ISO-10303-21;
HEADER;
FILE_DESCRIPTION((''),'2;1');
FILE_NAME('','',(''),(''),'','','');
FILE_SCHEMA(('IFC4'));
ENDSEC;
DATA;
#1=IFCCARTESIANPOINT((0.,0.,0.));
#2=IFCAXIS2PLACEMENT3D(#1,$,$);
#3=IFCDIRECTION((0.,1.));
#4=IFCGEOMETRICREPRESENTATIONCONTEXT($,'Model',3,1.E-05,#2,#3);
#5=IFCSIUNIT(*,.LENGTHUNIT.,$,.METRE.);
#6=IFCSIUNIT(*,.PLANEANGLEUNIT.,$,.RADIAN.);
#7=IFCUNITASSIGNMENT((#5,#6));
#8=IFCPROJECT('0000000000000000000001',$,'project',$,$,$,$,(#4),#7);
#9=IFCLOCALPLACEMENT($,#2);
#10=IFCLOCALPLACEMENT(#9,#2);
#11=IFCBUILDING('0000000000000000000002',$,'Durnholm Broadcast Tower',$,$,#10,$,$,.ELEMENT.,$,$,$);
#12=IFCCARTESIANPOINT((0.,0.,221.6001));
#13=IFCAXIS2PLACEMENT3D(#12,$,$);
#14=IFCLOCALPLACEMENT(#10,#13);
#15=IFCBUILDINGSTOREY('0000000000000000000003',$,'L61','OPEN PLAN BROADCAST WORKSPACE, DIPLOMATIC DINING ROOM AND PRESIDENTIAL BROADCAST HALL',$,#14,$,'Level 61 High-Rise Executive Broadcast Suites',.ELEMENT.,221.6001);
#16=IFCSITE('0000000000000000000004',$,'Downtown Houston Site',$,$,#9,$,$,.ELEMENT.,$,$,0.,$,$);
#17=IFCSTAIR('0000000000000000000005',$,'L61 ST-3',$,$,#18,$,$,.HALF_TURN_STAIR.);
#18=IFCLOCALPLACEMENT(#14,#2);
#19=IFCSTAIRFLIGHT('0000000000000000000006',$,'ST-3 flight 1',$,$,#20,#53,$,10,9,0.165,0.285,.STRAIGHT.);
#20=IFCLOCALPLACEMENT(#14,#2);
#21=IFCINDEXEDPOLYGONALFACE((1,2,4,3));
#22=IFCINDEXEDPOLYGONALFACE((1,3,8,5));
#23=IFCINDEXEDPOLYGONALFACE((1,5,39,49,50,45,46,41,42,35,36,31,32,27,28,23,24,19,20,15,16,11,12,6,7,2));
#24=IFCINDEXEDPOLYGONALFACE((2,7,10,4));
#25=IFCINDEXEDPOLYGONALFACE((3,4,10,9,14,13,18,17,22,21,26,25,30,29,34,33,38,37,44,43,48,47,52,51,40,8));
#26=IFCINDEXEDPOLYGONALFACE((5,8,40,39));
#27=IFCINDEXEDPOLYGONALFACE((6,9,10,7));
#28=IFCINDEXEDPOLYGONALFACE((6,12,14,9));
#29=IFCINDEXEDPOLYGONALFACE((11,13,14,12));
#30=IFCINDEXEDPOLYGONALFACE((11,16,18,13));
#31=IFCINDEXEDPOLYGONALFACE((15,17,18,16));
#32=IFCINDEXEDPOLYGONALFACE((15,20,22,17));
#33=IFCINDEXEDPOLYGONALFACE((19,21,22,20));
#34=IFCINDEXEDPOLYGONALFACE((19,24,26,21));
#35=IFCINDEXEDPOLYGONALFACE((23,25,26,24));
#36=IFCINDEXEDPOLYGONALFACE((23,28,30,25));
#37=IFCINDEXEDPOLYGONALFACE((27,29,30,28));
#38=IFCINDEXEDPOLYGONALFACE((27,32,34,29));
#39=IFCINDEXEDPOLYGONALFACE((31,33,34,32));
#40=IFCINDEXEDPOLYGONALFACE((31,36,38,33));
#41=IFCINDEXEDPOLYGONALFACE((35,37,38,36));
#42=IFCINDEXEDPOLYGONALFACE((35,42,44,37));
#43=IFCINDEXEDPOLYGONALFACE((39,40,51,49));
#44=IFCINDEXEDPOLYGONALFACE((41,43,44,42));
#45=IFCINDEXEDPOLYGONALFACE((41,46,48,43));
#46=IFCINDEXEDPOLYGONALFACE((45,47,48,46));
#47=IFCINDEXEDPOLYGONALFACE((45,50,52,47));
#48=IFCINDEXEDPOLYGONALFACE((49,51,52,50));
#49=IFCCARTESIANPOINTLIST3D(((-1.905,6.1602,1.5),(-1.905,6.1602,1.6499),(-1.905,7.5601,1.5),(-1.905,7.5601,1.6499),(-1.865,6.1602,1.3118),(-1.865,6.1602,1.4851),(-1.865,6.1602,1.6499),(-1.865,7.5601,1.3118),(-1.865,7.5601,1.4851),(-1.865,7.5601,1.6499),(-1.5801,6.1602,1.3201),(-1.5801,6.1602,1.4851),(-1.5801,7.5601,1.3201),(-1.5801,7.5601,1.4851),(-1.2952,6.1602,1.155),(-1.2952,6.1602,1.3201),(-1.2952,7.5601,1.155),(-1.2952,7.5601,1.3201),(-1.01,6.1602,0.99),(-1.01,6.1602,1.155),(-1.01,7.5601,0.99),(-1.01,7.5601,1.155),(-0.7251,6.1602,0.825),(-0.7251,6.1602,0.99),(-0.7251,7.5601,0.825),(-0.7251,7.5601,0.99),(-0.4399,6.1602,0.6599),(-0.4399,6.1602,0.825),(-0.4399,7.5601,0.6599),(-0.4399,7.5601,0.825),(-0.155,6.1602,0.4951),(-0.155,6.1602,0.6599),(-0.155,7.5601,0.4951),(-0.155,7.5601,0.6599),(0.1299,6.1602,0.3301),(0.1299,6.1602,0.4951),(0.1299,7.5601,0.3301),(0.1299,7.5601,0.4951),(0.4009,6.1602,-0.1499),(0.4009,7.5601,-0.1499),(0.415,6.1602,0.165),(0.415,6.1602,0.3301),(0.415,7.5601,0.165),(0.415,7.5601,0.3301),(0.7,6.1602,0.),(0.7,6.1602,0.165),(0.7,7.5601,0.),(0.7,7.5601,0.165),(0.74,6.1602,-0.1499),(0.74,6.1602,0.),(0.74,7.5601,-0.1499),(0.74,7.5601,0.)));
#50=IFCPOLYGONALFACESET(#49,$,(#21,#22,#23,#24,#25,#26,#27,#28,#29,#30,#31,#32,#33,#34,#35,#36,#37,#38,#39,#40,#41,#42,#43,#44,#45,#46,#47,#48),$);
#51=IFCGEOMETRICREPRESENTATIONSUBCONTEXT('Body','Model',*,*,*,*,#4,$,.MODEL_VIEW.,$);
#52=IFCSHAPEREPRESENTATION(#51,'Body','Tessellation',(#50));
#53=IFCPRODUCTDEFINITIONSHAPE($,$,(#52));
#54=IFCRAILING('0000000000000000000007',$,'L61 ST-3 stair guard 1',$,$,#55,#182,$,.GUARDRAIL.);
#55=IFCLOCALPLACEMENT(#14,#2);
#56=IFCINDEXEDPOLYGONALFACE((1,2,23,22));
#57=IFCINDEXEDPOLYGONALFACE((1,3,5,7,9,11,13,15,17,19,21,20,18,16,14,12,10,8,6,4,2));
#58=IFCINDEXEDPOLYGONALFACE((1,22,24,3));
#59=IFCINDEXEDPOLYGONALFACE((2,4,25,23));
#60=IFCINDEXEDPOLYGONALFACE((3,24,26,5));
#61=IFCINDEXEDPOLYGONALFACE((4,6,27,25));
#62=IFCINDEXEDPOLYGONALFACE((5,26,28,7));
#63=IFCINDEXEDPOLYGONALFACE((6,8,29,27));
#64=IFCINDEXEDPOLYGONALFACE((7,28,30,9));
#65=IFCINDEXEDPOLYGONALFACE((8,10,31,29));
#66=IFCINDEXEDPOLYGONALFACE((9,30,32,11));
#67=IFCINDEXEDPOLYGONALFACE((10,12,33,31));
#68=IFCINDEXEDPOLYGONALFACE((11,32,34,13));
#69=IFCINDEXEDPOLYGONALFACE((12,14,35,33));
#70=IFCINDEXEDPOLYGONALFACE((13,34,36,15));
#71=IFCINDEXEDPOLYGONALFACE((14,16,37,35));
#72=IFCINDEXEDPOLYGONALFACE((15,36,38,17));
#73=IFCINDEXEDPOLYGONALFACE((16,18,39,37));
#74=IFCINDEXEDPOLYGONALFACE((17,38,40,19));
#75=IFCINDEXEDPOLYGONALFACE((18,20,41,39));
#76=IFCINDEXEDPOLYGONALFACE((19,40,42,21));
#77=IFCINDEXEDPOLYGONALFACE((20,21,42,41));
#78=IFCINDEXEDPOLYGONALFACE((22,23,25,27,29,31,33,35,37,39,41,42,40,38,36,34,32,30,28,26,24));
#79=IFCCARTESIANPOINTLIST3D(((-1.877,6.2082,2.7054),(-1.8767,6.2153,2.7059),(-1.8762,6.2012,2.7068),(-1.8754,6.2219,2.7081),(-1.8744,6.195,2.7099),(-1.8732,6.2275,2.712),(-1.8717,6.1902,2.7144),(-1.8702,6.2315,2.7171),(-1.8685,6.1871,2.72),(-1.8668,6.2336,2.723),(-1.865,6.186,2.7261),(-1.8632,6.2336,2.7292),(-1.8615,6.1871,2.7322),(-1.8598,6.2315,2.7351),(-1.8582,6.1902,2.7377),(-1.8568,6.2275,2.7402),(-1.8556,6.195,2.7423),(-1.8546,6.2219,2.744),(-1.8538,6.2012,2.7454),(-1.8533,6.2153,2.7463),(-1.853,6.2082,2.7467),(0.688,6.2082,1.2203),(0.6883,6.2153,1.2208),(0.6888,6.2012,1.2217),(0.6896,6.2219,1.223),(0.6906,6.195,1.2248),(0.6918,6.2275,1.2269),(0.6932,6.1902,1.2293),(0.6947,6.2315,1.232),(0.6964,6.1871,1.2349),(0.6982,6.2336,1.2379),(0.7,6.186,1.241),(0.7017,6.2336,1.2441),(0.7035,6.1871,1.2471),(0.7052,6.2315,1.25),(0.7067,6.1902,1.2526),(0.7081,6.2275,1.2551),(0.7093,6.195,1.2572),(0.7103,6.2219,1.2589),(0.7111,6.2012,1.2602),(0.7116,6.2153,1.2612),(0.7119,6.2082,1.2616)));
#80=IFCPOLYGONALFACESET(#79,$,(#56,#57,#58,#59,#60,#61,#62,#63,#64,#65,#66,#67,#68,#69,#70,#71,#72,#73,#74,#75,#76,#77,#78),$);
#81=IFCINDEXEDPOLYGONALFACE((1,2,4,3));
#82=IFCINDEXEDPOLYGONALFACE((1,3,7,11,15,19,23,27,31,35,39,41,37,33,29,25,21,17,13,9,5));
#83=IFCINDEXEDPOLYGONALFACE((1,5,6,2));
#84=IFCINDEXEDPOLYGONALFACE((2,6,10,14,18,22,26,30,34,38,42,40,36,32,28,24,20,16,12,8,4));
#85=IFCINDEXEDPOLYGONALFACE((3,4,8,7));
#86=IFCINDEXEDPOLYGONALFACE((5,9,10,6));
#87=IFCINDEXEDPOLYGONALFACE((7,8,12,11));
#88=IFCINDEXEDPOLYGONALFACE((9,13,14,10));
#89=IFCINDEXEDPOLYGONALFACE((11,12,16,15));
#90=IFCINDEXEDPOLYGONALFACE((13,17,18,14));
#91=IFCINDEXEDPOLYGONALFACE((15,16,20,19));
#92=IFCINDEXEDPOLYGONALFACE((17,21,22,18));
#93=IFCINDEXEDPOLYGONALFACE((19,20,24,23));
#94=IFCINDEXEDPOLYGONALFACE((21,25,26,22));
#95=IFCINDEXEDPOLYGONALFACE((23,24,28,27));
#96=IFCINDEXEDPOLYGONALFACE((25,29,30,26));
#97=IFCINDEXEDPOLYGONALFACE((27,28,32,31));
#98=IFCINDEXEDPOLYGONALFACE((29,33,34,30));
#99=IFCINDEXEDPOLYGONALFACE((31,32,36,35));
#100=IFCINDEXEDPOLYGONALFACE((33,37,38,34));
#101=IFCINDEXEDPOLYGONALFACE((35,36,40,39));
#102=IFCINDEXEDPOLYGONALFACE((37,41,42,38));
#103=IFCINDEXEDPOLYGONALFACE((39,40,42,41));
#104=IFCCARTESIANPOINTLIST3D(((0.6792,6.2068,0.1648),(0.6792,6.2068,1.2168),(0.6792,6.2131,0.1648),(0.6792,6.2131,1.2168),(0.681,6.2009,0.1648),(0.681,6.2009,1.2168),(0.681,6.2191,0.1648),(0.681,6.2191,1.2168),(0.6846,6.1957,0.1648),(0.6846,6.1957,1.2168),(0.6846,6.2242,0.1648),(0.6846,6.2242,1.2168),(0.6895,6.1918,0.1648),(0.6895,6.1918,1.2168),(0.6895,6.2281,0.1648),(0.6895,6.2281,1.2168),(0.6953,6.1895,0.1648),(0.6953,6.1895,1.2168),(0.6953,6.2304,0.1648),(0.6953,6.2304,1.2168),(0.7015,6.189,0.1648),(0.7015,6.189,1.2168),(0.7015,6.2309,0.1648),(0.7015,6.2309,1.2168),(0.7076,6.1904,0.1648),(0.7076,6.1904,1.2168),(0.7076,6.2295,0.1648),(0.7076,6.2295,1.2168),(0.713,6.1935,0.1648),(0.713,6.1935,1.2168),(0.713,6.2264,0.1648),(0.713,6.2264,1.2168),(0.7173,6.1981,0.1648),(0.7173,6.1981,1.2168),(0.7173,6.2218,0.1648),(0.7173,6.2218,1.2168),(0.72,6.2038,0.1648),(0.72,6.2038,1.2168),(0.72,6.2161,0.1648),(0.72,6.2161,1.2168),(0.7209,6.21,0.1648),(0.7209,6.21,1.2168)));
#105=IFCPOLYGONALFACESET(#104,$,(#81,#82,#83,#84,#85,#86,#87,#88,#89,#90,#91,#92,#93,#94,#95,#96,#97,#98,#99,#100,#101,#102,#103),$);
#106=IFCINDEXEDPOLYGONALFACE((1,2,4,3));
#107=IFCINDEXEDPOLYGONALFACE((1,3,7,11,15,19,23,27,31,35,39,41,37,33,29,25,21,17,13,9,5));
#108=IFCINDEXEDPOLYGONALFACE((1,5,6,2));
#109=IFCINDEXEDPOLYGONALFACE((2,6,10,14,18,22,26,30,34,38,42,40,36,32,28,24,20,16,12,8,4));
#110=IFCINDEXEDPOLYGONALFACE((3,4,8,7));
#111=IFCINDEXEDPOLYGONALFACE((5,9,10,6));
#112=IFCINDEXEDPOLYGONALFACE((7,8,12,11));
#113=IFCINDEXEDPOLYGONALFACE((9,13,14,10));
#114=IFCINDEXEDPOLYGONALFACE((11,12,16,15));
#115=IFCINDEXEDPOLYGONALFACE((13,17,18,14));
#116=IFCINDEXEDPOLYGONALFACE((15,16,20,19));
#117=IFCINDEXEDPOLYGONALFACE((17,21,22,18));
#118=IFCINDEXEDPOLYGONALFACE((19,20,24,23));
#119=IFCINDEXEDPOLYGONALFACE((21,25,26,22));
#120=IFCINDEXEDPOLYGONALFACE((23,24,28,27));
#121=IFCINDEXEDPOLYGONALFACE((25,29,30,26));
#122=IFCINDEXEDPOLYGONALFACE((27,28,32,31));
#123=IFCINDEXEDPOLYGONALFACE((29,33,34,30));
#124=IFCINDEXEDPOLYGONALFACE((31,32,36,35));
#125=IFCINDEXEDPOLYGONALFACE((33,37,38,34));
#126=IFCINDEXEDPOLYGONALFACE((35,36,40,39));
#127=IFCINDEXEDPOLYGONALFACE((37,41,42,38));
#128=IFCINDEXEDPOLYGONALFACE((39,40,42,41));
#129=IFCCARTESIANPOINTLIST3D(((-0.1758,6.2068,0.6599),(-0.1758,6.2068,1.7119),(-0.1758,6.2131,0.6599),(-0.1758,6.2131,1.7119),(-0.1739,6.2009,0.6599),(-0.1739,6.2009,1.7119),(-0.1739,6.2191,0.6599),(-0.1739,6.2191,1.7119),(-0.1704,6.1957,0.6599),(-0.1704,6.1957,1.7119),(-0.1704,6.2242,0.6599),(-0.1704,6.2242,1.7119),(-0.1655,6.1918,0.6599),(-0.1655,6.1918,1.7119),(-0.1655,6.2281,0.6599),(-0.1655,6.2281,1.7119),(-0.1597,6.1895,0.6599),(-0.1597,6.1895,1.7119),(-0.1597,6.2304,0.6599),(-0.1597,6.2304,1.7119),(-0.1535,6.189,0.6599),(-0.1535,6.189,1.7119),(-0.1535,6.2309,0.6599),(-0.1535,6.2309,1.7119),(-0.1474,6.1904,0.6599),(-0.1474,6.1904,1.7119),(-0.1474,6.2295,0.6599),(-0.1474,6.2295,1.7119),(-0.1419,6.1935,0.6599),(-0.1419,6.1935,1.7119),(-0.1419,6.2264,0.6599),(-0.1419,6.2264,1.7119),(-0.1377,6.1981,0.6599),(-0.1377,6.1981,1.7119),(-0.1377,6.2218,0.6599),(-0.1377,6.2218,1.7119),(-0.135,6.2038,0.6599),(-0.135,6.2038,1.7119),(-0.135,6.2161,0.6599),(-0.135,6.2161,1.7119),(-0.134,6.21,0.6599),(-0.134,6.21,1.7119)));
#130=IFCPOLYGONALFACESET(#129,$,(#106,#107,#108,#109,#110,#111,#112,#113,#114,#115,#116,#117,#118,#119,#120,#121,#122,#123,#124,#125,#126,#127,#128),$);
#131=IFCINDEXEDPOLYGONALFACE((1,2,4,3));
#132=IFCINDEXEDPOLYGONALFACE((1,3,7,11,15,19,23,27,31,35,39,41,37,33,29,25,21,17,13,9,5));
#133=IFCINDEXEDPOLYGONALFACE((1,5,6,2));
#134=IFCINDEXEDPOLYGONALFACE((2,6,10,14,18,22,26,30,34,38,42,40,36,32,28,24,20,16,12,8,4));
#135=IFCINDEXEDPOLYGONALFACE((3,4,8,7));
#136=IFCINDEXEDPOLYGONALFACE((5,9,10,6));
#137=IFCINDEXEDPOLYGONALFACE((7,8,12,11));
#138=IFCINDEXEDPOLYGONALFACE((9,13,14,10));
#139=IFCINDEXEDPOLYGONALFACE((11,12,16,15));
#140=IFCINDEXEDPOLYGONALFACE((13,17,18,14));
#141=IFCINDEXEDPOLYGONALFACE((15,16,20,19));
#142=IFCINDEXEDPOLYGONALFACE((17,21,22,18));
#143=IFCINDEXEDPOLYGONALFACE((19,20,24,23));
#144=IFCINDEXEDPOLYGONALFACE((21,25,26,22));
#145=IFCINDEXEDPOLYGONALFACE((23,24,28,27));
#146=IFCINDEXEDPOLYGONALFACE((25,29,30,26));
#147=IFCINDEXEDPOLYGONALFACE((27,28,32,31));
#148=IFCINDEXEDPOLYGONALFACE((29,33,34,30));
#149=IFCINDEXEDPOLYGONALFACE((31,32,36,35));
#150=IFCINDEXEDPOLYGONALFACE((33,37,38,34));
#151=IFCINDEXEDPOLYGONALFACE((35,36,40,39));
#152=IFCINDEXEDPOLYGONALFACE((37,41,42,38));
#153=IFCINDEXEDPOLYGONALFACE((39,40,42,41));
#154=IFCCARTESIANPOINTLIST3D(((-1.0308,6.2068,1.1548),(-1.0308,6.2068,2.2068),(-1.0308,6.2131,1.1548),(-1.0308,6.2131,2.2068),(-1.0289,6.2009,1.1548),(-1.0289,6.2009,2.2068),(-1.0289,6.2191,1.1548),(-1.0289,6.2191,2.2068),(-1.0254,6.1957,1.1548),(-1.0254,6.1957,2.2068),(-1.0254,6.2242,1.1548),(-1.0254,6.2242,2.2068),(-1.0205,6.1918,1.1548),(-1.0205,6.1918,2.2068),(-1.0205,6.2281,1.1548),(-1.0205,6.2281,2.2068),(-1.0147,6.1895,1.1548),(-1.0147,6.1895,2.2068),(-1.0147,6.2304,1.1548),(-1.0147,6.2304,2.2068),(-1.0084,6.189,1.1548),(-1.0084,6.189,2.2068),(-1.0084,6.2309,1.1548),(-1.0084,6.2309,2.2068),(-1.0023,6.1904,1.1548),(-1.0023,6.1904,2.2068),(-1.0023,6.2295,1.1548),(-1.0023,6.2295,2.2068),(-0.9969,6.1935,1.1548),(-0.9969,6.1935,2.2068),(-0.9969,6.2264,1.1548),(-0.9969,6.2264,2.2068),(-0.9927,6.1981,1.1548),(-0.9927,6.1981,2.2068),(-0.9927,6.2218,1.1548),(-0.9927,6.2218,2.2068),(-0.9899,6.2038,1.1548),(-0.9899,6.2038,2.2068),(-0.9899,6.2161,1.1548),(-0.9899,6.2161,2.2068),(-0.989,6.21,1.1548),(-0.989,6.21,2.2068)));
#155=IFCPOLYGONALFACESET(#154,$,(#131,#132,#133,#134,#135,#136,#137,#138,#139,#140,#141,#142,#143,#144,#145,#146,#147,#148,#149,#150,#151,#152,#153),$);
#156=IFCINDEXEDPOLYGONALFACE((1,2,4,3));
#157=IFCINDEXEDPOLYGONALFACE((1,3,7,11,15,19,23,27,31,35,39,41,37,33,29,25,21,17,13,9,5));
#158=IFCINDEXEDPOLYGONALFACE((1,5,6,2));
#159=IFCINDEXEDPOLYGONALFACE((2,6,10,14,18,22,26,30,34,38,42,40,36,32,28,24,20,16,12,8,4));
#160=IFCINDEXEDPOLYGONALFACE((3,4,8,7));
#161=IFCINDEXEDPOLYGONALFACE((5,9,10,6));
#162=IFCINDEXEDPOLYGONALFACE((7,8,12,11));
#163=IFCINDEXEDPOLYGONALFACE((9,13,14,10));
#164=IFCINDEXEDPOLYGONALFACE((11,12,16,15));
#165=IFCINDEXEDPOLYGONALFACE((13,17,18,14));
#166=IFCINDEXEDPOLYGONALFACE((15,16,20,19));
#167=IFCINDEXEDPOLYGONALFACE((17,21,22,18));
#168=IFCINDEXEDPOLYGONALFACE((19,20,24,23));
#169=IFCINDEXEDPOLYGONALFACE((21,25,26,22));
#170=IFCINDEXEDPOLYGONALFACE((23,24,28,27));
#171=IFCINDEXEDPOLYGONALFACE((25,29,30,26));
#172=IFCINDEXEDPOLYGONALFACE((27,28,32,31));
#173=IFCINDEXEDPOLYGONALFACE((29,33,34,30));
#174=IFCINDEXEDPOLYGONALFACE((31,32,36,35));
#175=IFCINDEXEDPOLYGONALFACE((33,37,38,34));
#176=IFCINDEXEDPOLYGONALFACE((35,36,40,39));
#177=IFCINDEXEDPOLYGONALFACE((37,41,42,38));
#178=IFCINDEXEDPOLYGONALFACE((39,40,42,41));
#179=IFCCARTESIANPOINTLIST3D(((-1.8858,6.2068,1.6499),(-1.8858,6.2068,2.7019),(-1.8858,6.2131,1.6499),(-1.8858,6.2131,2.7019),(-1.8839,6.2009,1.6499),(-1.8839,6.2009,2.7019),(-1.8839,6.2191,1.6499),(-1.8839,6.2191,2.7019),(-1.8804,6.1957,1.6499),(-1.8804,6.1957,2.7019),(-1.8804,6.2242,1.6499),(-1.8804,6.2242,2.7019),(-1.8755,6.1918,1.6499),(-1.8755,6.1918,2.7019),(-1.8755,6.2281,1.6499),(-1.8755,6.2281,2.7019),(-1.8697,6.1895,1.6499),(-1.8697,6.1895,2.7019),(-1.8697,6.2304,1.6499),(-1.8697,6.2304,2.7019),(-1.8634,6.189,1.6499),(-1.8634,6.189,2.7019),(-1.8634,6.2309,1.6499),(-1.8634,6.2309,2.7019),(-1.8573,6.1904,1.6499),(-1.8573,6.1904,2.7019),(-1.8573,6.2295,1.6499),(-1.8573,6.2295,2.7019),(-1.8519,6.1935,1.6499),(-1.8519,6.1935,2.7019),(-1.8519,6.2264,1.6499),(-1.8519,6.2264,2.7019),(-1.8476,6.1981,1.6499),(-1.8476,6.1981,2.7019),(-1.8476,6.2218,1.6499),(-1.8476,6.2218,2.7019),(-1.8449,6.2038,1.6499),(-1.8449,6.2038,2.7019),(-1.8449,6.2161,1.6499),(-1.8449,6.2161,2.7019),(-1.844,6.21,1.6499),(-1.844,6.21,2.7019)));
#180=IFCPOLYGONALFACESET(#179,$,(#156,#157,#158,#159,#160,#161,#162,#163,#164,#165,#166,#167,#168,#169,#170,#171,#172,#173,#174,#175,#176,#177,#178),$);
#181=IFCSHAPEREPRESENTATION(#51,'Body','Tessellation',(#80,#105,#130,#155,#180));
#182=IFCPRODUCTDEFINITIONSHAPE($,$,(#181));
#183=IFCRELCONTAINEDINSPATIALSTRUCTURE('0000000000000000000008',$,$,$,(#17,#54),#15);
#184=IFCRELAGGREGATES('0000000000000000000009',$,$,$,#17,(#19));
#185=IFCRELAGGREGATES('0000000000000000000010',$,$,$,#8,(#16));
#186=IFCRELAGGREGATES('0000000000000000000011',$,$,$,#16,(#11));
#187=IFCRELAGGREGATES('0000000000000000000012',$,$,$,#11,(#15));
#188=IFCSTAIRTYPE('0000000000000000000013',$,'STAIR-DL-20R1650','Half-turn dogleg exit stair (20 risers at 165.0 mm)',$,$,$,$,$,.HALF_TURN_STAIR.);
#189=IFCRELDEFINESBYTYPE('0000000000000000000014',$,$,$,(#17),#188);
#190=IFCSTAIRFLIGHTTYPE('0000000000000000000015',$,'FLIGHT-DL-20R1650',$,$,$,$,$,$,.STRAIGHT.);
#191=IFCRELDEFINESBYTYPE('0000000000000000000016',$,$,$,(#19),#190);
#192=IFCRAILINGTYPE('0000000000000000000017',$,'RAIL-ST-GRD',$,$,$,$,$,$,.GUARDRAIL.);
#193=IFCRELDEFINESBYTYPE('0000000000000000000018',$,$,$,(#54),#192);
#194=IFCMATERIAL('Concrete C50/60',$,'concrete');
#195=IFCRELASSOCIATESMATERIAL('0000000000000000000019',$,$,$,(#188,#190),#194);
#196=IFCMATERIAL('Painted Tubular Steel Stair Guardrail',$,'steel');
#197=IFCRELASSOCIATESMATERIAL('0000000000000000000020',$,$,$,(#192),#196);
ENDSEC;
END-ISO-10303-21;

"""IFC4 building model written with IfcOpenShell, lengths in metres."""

from ifc_helpers import new_model, si_unit, direction, frame, origin, origin_2d, place, context, subcontext, project, spatial, polyline, circle, outline, extrude, material, type_object, element, aggregate, save


model = new_model("IFC4")

# Units and contexts
model_context = context("Model", 3, precision=1e-05, world=origin(), true_north=direction((0.0, 1.0)))
body_context = subcontext(model_context, "Body", "Model", "MODEL_VIEW")
ifc_project = project(units=[si_unit("LENGTHUNIT", "METRE"), si_unit("PLANEANGLEUNIT", "RADIAN")], contexts=[model_context])

# Site, building, storey
site_placement = place(None, origin())
site = spatial("IfcSite", under=ifc_project, at=site_placement, Name="Downtown Houston Site", CompositionType="ELEMENT", RefElevation=0.0)
building_placement = place(site_placement, origin())
building = spatial("IfcBuilding", under=site, at=building_placement, Name="Durnholm Broadcast Tower", CompositionType="ELEMENT")
storey_placement = place(building_placement, frame((0.0, 0.0, 221.6001)))
storey = spatial("IfcBuildingStorey", under=building, at=storey_placement, Name="L61", Description="OPEN PLAN BROADCAST WORKSPACE, DIPLOMATIC DINING ROOM AND PRESIDENTIAL BROADCAST HALL", LongName="Level 61 High-Rise Executive Broadcast Suites", CompositionType="ELEMENT", Elevation=221.6001)

# Stair
ifc_material_1 = material(Name="Concrete C50/60", Category="concrete")
stair_type = type_object("IfcStairType", Name="STAIR-DL-20R1650", Description="Half-turn dogleg exit stair (20 risers at 165.0 mm)", PredefinedType="HALF_TURN_STAIR", material=ifc_material_1)
stair_1_placement = place(storey_placement, origin())
stair_1 = element("IfcStair", 1, at=stair_1_placement, inside=storey, type_object=stair_type, Name="L61 ST-3", PredefinedType="HALF_TURN_STAIR")

# Stair flight
stair_flight_type = type_object("IfcStairFlightType", Name="FLIGHT-DL-20R1650", PredefinedType="STRAIGHT", material=ifc_material_1)
stair_flight_placement = place(storey_placement, frame((0.7, 6.8601, 0.0), z_axis=(0.0, 0.0, 1.0), x_axis=(-1.0, 0.0, 0.0)))
stair_flight = element("IfcStairFlight", 2, at=stair_flight_placement, type_object=stair_flight_type, Name="ST-3 flight 1", NumberOfRisers=10, NumberOfTreads=9, PredefinedType="STRAIGHT", RiserHeight=0.165, TreadLength=0.285, context=body_context, shape_type="SweptSolid", body=[
    extrude(outline(polyline([(-0.04, -0.1499), (-0.04, 0.0), (0.0, 0.0), (0.0, 0.165), (0.2849, 0.165), (0.2849, 0.3301), (0.5701, 0.3301), (0.5701, 0.4951), (0.855, 0.4951), (0.855, 0.6599), (1.1399, 0.6599), (1.1399, 0.825), (1.425, 0.825), (1.425, 0.99), (1.71, 0.99), (1.71, 1.155), (1.9951, 1.155), (1.9951, 1.3201), (2.28, 1.3201), (2.28, 1.4851), (2.5649, 1.4851), (2.5649, 1.6499), (2.605, 1.6499), (2.605, 1.5), (2.5649, 1.3118), (0.2991, -0.1499), (-0.04, -0.1499)])), frame((0.0, 0.7, 0.0), z_axis=(0.0, -1.0, 0.0), x_axis=(1.0, 0.0, 0.0)), (0.0, 0.0, 1.0), 1.3999),
])
aggregate(stair_1, [stair_flight])

# Railing
ifc_material_2 = material(Name="Painted Tubular Steel Stair Guardrail", Category="steel")
railing_type_1 = type_object("IfcRailingType", Name="RAIL-ST-GRD", PredefinedType="GUARDRAIL", material=ifc_material_2)
railing_1_placement = place(storey_placement, frame((0.7, 6.21, 0.1648)))
element("IfcRailing", 3, at=railing_1_placement, inside=storey, type_object=railing_type_1, Name="L61 ST-3 stair guard 1", PredefinedType="GUARDRAIL", context=body_context, shape_type="SweptSolid", body=[
    extrude(circle(Radius=0.0239, at=origin_2d()), frame((0.0, 0.0, 1.0762), z_axis=(-0.865406, 0.0, 0.501072), x_axis=(0.0, -1.0, 0.0)), (0.0, 0.0, 1.0), 2.9639),
    extrude(circle(Radius=0.021, at=origin_2d()), origin(), (0.0, 0.0, 1.0), 1.052),
    extrude(circle(Radius=0.021, at=origin_2d()), frame((-0.855, 0.0, 0.4951)), (0.0, 0.0, 1.0), 1.052),
    extrude(circle(Radius=0.021, at=origin_2d()), frame((-1.71, 0.0, 0.99)), (0.0, 0.0, 1.0), 1.052),
    extrude(circle(Radius=0.021, at=origin_2d()), frame((-2.5649, 0.0, 1.4851)), (0.0, 0.0, 1.0), 1.052),
])

save(model, "model.ifc")
